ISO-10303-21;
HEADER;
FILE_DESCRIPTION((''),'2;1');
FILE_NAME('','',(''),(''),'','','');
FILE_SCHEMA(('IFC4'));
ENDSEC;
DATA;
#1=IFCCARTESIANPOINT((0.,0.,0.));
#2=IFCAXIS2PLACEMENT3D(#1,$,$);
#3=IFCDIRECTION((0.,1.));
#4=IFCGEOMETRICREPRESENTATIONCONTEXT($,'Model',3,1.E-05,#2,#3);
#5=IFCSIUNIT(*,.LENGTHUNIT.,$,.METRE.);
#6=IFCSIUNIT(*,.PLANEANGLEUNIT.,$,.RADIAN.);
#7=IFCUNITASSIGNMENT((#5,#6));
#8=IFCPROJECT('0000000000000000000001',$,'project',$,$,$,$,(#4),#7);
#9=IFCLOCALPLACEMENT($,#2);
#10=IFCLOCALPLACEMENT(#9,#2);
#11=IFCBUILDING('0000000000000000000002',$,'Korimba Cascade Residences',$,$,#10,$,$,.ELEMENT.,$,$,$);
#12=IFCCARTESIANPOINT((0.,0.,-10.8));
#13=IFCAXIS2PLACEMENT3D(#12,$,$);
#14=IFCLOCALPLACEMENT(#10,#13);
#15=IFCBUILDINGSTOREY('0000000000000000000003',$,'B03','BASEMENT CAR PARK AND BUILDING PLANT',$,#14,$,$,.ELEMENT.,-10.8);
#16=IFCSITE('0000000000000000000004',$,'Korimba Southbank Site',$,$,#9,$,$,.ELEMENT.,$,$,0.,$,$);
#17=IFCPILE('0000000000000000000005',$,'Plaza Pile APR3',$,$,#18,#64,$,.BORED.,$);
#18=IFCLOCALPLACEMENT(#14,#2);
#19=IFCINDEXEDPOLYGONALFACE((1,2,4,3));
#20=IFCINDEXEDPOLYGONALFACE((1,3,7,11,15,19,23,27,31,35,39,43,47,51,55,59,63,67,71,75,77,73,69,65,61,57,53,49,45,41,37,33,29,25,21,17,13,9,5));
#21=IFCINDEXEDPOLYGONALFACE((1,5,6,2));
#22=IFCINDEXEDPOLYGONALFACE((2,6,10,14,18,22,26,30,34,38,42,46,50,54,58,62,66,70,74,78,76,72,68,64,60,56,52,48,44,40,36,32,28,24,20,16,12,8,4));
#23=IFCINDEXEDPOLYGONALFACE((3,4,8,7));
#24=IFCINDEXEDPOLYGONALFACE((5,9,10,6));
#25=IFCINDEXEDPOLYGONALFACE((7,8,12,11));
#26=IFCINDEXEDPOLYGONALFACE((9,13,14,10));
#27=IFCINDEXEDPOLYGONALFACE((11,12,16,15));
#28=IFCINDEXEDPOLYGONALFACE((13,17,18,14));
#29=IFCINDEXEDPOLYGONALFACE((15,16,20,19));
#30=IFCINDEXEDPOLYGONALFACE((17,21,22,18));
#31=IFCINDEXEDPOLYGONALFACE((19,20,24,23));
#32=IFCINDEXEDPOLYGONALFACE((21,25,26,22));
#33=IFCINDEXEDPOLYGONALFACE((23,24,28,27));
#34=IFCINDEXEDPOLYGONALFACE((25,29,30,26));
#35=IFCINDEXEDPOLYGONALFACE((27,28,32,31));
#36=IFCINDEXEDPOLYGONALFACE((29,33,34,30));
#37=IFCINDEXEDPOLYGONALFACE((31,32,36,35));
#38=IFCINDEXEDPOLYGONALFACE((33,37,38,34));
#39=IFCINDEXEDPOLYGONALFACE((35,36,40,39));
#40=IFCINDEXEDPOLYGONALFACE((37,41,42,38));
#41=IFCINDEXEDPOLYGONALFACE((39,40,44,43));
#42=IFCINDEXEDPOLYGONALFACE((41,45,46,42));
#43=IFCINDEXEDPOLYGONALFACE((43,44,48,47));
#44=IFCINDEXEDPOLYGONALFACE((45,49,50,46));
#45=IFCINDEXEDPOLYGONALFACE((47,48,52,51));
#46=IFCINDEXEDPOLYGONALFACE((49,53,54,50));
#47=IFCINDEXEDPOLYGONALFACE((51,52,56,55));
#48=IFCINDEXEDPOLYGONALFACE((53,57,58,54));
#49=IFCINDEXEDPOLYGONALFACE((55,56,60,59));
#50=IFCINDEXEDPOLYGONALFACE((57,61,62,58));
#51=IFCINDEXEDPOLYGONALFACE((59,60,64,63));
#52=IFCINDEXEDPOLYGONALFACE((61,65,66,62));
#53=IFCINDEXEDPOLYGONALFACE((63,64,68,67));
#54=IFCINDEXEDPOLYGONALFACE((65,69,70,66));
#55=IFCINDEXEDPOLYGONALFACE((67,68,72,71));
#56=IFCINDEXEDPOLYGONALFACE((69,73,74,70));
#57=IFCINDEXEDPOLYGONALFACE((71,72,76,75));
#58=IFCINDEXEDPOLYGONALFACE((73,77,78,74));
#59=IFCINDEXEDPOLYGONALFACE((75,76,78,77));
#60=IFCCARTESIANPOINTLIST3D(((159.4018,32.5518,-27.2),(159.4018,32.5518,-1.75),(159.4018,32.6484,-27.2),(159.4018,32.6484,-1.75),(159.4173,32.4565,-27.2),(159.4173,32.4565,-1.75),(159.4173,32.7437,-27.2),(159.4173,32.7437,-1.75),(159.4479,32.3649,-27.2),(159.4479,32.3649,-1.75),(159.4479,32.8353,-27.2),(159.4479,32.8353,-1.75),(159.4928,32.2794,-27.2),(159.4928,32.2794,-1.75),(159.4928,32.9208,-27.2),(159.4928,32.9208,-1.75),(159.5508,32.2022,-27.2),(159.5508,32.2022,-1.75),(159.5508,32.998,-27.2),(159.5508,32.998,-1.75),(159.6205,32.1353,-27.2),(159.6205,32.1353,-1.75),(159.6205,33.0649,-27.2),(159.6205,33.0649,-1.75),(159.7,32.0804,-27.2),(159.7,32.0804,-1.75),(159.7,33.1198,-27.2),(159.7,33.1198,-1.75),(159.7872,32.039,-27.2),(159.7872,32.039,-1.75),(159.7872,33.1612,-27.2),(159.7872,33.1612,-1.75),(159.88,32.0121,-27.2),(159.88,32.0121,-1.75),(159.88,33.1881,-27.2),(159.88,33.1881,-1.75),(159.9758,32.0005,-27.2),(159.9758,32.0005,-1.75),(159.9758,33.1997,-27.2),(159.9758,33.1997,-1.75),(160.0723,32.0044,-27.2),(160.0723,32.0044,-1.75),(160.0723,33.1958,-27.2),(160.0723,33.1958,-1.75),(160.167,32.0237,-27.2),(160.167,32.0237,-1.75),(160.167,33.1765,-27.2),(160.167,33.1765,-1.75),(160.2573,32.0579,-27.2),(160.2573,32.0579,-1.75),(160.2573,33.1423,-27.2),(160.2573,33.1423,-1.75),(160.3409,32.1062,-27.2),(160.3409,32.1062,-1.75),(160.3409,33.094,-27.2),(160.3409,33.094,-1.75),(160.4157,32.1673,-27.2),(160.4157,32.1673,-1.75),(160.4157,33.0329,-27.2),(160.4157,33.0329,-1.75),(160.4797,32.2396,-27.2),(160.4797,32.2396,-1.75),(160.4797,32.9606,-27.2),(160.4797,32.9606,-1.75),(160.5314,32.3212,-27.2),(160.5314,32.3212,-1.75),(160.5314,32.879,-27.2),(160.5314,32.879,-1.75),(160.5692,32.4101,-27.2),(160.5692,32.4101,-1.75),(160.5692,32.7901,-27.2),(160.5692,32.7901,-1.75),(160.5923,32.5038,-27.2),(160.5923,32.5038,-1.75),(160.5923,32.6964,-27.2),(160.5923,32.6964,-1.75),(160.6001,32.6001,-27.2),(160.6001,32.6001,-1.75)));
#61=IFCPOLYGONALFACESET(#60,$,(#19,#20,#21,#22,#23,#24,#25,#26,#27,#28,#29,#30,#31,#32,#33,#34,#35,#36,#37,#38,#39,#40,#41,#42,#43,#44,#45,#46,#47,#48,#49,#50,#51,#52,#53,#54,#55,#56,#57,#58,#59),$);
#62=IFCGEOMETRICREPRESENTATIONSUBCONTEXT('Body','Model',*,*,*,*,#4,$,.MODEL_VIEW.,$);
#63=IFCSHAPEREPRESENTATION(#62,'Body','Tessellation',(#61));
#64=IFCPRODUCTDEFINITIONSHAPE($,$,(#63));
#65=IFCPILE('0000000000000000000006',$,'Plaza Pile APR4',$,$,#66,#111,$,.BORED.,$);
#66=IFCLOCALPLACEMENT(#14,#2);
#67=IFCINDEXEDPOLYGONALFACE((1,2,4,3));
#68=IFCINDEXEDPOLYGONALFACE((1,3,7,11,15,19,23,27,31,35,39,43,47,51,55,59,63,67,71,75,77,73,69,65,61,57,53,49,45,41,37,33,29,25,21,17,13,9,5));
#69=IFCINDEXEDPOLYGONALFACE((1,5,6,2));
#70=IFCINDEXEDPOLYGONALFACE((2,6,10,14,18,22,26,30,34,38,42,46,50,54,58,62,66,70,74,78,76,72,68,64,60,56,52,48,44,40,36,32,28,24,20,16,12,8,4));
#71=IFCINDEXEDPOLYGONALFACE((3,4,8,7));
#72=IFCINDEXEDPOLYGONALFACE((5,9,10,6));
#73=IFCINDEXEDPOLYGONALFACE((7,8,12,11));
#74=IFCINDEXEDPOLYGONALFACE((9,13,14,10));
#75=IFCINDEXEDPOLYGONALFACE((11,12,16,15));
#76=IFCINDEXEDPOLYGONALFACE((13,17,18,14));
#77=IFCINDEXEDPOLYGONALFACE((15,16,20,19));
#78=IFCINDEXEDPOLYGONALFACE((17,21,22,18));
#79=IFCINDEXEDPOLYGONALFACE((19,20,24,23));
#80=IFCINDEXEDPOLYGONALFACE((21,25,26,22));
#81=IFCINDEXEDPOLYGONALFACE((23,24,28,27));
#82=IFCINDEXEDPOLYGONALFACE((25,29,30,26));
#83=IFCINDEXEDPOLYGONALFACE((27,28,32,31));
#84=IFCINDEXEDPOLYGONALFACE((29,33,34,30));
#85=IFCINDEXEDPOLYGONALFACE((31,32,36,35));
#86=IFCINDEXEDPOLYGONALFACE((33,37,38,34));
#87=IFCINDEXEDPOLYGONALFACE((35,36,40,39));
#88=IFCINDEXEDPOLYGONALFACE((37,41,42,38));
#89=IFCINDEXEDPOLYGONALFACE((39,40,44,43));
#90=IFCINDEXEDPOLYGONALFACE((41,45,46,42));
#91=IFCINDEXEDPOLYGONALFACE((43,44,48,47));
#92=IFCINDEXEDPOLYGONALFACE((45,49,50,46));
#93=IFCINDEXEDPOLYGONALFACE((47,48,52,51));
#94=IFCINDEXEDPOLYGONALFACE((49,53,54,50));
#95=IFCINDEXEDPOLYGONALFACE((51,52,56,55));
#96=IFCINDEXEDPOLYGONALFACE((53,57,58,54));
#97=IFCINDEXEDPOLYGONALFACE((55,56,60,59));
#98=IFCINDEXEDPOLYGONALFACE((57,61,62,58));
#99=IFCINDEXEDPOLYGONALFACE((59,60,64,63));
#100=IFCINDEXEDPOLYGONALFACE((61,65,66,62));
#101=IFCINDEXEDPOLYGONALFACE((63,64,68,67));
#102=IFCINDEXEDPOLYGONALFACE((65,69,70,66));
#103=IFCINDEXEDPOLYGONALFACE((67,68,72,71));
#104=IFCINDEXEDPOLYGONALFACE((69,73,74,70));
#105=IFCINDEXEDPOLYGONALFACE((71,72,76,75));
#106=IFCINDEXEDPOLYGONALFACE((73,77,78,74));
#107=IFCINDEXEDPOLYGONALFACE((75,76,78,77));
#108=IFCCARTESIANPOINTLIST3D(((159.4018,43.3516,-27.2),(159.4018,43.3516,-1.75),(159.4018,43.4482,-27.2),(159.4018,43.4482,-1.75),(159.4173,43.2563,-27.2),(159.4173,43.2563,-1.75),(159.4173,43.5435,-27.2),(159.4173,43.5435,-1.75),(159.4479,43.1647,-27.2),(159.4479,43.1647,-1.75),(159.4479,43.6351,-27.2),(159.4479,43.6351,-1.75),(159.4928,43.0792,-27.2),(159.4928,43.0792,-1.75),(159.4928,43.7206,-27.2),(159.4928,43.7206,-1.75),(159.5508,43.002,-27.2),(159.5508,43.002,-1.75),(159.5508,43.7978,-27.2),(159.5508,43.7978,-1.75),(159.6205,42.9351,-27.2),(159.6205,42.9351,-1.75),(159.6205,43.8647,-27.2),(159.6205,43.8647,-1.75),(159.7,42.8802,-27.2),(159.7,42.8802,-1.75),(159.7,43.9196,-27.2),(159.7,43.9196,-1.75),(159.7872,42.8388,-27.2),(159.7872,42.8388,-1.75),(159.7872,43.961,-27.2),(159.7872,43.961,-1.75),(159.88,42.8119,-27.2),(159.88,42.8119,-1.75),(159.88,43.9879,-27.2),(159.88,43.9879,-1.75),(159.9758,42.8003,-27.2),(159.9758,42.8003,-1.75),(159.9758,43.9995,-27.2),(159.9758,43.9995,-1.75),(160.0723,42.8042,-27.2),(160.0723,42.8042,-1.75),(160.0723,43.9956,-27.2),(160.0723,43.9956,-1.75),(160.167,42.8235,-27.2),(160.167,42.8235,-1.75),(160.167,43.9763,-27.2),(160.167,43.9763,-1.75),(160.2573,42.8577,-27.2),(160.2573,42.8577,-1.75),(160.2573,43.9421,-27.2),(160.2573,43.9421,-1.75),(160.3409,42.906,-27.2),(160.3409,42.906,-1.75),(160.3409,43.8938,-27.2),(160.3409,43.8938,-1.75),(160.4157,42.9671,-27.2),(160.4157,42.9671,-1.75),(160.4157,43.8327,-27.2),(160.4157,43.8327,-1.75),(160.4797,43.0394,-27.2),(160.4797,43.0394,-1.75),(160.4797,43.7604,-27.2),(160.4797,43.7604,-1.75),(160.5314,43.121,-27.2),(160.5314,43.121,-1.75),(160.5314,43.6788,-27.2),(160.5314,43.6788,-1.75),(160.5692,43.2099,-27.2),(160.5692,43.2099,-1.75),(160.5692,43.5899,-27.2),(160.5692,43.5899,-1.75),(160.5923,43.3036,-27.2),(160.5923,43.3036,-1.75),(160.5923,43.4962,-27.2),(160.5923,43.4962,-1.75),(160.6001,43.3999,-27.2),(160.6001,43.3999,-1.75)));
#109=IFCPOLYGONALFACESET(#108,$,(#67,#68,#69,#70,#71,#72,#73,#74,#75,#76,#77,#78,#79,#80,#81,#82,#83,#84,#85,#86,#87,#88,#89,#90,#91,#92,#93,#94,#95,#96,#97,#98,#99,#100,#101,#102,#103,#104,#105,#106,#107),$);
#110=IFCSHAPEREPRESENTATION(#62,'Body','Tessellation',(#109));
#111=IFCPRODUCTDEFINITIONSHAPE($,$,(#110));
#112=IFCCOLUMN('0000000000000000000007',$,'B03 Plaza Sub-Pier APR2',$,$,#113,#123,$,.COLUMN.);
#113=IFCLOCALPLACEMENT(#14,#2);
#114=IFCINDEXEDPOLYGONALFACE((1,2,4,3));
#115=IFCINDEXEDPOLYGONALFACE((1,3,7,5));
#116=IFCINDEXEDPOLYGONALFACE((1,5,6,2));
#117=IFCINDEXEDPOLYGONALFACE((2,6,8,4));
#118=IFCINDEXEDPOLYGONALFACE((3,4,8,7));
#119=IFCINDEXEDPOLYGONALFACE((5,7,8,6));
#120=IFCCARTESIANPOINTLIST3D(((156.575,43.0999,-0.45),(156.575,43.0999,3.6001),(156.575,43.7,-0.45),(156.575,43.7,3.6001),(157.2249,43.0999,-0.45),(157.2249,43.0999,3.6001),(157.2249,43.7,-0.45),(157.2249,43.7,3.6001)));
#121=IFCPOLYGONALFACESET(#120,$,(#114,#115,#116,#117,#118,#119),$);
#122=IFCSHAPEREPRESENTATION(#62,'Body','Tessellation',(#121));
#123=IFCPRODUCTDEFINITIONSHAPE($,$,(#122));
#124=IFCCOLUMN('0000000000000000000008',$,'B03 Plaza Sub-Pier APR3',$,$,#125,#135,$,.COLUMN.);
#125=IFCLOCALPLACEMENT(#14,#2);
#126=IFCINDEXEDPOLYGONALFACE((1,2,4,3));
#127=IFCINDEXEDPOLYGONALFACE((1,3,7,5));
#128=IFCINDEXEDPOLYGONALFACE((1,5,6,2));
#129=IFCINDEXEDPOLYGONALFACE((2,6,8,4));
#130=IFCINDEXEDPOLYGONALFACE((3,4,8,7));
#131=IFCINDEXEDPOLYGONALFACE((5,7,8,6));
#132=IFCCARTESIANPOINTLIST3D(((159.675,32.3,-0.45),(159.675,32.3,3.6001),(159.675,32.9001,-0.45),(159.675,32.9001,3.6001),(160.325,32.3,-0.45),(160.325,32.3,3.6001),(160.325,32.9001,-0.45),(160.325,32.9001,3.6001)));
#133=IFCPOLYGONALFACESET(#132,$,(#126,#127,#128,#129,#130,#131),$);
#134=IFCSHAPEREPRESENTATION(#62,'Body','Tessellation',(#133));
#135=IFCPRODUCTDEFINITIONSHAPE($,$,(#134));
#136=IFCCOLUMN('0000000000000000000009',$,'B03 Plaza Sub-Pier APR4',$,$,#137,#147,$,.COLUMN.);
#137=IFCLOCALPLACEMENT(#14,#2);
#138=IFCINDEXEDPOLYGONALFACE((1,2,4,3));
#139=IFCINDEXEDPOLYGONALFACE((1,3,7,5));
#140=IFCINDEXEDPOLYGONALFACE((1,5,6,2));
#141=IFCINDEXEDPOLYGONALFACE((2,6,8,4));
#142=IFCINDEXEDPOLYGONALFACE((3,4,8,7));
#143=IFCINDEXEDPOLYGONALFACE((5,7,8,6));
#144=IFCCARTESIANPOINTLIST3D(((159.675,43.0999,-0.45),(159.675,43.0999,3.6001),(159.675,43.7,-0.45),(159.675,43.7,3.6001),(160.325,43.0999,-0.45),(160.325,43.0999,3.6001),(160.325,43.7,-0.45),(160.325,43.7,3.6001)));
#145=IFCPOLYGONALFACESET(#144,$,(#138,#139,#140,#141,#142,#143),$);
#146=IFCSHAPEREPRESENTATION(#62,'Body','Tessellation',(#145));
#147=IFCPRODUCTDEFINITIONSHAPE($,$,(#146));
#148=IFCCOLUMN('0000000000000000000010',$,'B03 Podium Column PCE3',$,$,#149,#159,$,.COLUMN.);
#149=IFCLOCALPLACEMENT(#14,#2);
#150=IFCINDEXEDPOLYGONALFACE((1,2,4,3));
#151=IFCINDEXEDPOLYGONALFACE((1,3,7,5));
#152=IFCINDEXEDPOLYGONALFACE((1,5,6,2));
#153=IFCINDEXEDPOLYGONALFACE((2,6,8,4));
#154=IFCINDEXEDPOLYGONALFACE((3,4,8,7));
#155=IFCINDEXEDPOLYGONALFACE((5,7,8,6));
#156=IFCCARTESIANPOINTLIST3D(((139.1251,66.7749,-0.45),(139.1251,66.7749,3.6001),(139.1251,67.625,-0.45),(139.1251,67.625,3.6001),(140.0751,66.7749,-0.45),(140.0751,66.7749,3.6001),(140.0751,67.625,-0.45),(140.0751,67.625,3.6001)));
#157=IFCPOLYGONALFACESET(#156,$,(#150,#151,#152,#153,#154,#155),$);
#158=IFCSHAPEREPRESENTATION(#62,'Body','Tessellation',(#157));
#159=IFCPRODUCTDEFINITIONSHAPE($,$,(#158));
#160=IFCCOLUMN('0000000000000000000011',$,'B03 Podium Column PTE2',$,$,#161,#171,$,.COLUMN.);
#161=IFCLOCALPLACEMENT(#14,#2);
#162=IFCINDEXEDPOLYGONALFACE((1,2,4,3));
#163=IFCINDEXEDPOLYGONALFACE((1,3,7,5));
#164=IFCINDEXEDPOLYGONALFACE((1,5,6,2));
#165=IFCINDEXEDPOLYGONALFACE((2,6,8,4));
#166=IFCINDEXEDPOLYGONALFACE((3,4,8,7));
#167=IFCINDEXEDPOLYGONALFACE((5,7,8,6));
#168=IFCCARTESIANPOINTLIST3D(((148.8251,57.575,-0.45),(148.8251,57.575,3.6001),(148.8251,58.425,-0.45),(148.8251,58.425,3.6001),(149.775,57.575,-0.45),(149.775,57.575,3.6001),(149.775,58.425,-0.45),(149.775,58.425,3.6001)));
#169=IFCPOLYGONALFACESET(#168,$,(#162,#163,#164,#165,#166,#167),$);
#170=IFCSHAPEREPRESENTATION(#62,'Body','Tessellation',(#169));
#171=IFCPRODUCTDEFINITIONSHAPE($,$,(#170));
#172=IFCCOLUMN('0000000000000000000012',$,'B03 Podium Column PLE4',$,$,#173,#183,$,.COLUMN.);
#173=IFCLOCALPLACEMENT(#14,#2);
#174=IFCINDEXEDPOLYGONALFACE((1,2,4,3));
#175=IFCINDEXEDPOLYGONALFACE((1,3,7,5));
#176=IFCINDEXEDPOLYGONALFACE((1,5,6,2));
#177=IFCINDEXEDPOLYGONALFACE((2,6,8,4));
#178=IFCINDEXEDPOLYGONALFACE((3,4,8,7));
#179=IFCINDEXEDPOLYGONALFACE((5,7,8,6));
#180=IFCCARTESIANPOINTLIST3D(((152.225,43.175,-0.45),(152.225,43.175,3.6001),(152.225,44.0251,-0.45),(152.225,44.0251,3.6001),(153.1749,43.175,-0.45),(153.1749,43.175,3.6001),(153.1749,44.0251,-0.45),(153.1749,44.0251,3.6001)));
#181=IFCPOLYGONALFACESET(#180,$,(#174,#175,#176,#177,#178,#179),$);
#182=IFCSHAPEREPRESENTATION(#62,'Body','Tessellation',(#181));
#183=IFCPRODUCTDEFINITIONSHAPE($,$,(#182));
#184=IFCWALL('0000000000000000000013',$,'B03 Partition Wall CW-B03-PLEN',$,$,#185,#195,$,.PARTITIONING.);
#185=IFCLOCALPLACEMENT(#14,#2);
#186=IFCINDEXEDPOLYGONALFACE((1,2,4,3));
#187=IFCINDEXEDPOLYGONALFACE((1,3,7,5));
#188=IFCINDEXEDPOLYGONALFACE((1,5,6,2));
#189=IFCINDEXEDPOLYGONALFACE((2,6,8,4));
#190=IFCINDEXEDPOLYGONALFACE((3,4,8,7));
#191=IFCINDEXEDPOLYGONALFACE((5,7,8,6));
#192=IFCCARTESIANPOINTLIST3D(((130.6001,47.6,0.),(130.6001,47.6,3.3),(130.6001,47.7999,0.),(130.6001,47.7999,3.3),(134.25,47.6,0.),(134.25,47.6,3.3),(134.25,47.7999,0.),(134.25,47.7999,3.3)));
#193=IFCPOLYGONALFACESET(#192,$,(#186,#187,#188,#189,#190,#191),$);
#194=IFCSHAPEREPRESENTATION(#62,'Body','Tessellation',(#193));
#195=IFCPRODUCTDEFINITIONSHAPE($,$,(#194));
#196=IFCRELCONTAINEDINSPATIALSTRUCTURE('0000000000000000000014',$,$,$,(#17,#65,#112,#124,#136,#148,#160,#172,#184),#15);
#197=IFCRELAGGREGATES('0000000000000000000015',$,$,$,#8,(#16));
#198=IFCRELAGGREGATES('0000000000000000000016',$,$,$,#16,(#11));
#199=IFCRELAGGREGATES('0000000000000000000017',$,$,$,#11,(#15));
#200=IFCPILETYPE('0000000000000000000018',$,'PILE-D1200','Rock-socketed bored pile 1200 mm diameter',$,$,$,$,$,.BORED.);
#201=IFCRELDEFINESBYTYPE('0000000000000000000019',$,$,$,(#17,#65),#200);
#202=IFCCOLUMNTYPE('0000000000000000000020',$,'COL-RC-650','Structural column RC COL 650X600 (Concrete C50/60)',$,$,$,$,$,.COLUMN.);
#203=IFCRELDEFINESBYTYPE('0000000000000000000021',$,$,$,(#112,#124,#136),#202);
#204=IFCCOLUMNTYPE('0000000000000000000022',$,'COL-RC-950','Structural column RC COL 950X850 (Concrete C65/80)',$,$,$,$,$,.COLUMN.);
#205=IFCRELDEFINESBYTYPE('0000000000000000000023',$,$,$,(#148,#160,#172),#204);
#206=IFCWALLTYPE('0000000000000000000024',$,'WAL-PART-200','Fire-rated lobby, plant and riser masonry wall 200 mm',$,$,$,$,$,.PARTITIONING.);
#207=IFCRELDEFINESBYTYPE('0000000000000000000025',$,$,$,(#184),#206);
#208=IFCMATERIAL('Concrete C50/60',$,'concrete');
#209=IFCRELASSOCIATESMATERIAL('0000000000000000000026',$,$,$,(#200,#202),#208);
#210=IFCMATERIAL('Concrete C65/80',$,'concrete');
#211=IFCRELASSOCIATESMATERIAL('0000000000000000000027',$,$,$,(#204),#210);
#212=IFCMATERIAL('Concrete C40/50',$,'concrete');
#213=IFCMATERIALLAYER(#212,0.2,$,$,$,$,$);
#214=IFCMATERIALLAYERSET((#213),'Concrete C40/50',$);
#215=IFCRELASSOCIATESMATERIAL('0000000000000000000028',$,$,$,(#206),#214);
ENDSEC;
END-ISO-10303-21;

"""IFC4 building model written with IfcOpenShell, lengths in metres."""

from ifc_helpers import new_model, si_unit, direction, frame, frame_2d, origin, origin_2d, place, context, subcontext, project, spatial, rectangle, circle, extrude, material, layer, layer_set, material_profile, profile_set, type_object, element, save


model = new_model("IFC4")

# Units and contexts
model_context = context("Model", 3, precision=1e-05, world=origin(), true_north=direction((0.0, 1.0)))
body_context = subcontext(model_context, "Body", "Model", "MODEL_VIEW")
ifc_project = project(units=[si_unit("LENGTHUNIT", "METRE"), si_unit("PLANEANGLEUNIT", "RADIAN")], contexts=[model_context])

# Site, building, storey
site_placement = place(None, origin())
site = spatial("IfcSite", under=ifc_project, at=site_placement, Name="Korimba Southbank Site", CompositionType="ELEMENT", RefElevation=0.0)
building_placement = place(site_placement, origin())
building = spatial("IfcBuilding", under=site, at=building_placement, Name="Korimba Cascade Residences", CompositionType="ELEMENT")
storey_placement = place(building_placement, frame((0.0, 0.0, -10.8)))
storey = spatial("IfcBuildingStorey", under=building, at=storey_placement, Name="B03", Description="BASEMENT CAR PARK AND BUILDING PLANT", CompositionType="ELEMENT", Elevation=-10.8)

# Piles
ifc_material_1 = material(Name="Concrete C50/60", Category="concrete")
ifc_material_profile_1 = material_profile(ifc_material_1, circle(Radius=0.6001, at=origin_2d()), Name="Concrete C50/60")
ifc_profile_set_1 = profile_set([ifc_material_profile_1], Name="Concrete C50/60")
pile_type = type_object("IfcPileType", Name="PILE-D1200", Description="Rock-socketed bored pile 1200 mm diameter", PredefinedType="BORED", material=ifc_profile_set_1)
for number, where, z_axis, x_axis, name in (
    (1, (160.0, 32.6001, -1.75), (0.0, 0.0, -1.0), (1.0, 0.0, 0.0), "Plaza Pile APR3"),
    (2, (160.0, 43.3999, -1.75), (0.0, 0.0, -1.0), (1.0, 0.0, 0.0), "Plaza Pile APR4"),
):
    element("IfcPile", number, at=place(storey_placement, frame(where, z_axis=z_axis, x_axis=x_axis)), inside=storey, type_object=pile_type, Name=name, PredefinedType="BORED", context=body_context, shape_type="SweptSolid", body=[
        extrude(circle(Radius=0.6001, at=origin_2d()), origin(), (0.0, 0.0, 1.0), 25.45),
    ])

# Columns
ifc_material_profile_2 = material_profile(ifc_material_1, rectangle(XDim=0.6499, YDim=0.6001, at=origin_2d()), Name="Concrete C50/60")
ifc_profile_set_2 = profile_set([ifc_material_profile_2], Name="Concrete C50/60")
column_type_1 = type_object("IfcColumnType", Name="COL-RC-650", Description="Structural column RC COL 650X600 (Concrete C50/60)", PredefinedType="COLUMN", material=ifc_profile_set_2)
for number, where, z_axis, x_axis, name in (
    (3, (156.8999, 43.3999, -0.45), (0.0, 0.0, 1.0), (1.0, 0.0, 0.0), "B03 Plaza Sub-Pier APR2"),
    (4, (160.0, 32.6001, -0.45), (0.0, 0.0, 1.0), (1.0, 0.0, 0.0), "B03 Plaza Sub-Pier APR3"),
    (5, (160.0, 43.3999, -0.45), (0.0, 0.0, 1.0), (1.0, 0.0, 0.0), "B03 Plaza Sub-Pier APR4"),
):
    element("IfcColumn", number, at=place(storey_placement, frame(where, z_axis=z_axis, x_axis=x_axis)), inside=storey, type_object=column_type_1, Name=name, PredefinedType="COLUMN", context=body_context, shape_type="SweptSolid", body=[
        extrude(rectangle(XDim=0.6499, YDim=0.6001, at=origin_2d()), origin(), (0.0, 0.0, 1.0), 4.05),
    ])
ifc_material_2 = material(Name="Concrete C65/80", Category="concrete")
ifc_material_profile_3 = material_profile(ifc_material_2, rectangle(XDim=0.95, YDim=0.8501, at=origin_2d()), Name="Concrete C65/80")
ifc_profile_set_3 = profile_set([ifc_material_profile_3], Name="Concrete C65/80")
column_type_2 = type_object("IfcColumnType", Name="COL-RC-950", Description="Structural column RC COL 950X850 (Concrete C65/80)", PredefinedType="COLUMN", material=ifc_profile_set_3)
for number, where, z_axis, x_axis, name in (
    (6, (139.6001, 67.2, -0.45), (0.0, 0.0, 1.0), (1.0, 0.0, 0.0), "B03 Podium Column PCE3"),
    (7, (149.3, 58.0, -0.45), (0.0, 0.0, 1.0), (1.0, 0.0, 0.0), "B03 Podium Column PTE2"),
    (8, (152.7, 43.6001, -0.45), (0.0, 0.0, 1.0), (1.0, 0.0, 0.0), "B03 Podium Column PLE4"),
):
    element("IfcColumn", number, at=place(storey_placement, frame(where, z_axis=z_axis, x_axis=x_axis)), inside=storey, type_object=column_type_2, Name=name, PredefinedType="COLUMN", context=body_context, shape_type="SweptSolid", body=[
        extrude(rectangle(XDim=0.95, YDim=0.8501, at=origin_2d()), origin(), (0.0, 0.0, 1.0), 4.05),
    ])

# Wall
ifc_material_3 = material(Name="Concrete C40/50", Category="concrete")
ifc_layer_1 = layer(ifc_material_3, 0.2)
ifc_layer_set_1 = layer_set([ifc_layer_1], Name="Concrete C40/50")
wall_type_1 = type_object("IfcWallType", Name="WAL-PART-200", Description="Fire-rated lobby, plant and riser masonry wall 200 mm", PredefinedType="PARTITIONING", material=ifc_layer_set_1)
wall_1_placement = place(storey_placement, frame((130.6001, 47.7, 0.0), z_axis=(0.0, 0.0, 1.0), x_axis=(1.0, 0.0, 0.0)))
element("IfcWall", 9, at=wall_1_placement, inside=storey, type_object=wall_type_1, Name="B03 Partition Wall CW-B03-PLEN", PredefinedType="PARTITIONING", context=body_context, shape_type="SweptSolid", body=[
    extrude(rectangle(XDim=3.6499, YDim=0.2, at=frame_2d((1.825, 0.0))), origin(), (0.0, 0.0, 1.0), 3.3),
])

save(model, "model.ifc")
